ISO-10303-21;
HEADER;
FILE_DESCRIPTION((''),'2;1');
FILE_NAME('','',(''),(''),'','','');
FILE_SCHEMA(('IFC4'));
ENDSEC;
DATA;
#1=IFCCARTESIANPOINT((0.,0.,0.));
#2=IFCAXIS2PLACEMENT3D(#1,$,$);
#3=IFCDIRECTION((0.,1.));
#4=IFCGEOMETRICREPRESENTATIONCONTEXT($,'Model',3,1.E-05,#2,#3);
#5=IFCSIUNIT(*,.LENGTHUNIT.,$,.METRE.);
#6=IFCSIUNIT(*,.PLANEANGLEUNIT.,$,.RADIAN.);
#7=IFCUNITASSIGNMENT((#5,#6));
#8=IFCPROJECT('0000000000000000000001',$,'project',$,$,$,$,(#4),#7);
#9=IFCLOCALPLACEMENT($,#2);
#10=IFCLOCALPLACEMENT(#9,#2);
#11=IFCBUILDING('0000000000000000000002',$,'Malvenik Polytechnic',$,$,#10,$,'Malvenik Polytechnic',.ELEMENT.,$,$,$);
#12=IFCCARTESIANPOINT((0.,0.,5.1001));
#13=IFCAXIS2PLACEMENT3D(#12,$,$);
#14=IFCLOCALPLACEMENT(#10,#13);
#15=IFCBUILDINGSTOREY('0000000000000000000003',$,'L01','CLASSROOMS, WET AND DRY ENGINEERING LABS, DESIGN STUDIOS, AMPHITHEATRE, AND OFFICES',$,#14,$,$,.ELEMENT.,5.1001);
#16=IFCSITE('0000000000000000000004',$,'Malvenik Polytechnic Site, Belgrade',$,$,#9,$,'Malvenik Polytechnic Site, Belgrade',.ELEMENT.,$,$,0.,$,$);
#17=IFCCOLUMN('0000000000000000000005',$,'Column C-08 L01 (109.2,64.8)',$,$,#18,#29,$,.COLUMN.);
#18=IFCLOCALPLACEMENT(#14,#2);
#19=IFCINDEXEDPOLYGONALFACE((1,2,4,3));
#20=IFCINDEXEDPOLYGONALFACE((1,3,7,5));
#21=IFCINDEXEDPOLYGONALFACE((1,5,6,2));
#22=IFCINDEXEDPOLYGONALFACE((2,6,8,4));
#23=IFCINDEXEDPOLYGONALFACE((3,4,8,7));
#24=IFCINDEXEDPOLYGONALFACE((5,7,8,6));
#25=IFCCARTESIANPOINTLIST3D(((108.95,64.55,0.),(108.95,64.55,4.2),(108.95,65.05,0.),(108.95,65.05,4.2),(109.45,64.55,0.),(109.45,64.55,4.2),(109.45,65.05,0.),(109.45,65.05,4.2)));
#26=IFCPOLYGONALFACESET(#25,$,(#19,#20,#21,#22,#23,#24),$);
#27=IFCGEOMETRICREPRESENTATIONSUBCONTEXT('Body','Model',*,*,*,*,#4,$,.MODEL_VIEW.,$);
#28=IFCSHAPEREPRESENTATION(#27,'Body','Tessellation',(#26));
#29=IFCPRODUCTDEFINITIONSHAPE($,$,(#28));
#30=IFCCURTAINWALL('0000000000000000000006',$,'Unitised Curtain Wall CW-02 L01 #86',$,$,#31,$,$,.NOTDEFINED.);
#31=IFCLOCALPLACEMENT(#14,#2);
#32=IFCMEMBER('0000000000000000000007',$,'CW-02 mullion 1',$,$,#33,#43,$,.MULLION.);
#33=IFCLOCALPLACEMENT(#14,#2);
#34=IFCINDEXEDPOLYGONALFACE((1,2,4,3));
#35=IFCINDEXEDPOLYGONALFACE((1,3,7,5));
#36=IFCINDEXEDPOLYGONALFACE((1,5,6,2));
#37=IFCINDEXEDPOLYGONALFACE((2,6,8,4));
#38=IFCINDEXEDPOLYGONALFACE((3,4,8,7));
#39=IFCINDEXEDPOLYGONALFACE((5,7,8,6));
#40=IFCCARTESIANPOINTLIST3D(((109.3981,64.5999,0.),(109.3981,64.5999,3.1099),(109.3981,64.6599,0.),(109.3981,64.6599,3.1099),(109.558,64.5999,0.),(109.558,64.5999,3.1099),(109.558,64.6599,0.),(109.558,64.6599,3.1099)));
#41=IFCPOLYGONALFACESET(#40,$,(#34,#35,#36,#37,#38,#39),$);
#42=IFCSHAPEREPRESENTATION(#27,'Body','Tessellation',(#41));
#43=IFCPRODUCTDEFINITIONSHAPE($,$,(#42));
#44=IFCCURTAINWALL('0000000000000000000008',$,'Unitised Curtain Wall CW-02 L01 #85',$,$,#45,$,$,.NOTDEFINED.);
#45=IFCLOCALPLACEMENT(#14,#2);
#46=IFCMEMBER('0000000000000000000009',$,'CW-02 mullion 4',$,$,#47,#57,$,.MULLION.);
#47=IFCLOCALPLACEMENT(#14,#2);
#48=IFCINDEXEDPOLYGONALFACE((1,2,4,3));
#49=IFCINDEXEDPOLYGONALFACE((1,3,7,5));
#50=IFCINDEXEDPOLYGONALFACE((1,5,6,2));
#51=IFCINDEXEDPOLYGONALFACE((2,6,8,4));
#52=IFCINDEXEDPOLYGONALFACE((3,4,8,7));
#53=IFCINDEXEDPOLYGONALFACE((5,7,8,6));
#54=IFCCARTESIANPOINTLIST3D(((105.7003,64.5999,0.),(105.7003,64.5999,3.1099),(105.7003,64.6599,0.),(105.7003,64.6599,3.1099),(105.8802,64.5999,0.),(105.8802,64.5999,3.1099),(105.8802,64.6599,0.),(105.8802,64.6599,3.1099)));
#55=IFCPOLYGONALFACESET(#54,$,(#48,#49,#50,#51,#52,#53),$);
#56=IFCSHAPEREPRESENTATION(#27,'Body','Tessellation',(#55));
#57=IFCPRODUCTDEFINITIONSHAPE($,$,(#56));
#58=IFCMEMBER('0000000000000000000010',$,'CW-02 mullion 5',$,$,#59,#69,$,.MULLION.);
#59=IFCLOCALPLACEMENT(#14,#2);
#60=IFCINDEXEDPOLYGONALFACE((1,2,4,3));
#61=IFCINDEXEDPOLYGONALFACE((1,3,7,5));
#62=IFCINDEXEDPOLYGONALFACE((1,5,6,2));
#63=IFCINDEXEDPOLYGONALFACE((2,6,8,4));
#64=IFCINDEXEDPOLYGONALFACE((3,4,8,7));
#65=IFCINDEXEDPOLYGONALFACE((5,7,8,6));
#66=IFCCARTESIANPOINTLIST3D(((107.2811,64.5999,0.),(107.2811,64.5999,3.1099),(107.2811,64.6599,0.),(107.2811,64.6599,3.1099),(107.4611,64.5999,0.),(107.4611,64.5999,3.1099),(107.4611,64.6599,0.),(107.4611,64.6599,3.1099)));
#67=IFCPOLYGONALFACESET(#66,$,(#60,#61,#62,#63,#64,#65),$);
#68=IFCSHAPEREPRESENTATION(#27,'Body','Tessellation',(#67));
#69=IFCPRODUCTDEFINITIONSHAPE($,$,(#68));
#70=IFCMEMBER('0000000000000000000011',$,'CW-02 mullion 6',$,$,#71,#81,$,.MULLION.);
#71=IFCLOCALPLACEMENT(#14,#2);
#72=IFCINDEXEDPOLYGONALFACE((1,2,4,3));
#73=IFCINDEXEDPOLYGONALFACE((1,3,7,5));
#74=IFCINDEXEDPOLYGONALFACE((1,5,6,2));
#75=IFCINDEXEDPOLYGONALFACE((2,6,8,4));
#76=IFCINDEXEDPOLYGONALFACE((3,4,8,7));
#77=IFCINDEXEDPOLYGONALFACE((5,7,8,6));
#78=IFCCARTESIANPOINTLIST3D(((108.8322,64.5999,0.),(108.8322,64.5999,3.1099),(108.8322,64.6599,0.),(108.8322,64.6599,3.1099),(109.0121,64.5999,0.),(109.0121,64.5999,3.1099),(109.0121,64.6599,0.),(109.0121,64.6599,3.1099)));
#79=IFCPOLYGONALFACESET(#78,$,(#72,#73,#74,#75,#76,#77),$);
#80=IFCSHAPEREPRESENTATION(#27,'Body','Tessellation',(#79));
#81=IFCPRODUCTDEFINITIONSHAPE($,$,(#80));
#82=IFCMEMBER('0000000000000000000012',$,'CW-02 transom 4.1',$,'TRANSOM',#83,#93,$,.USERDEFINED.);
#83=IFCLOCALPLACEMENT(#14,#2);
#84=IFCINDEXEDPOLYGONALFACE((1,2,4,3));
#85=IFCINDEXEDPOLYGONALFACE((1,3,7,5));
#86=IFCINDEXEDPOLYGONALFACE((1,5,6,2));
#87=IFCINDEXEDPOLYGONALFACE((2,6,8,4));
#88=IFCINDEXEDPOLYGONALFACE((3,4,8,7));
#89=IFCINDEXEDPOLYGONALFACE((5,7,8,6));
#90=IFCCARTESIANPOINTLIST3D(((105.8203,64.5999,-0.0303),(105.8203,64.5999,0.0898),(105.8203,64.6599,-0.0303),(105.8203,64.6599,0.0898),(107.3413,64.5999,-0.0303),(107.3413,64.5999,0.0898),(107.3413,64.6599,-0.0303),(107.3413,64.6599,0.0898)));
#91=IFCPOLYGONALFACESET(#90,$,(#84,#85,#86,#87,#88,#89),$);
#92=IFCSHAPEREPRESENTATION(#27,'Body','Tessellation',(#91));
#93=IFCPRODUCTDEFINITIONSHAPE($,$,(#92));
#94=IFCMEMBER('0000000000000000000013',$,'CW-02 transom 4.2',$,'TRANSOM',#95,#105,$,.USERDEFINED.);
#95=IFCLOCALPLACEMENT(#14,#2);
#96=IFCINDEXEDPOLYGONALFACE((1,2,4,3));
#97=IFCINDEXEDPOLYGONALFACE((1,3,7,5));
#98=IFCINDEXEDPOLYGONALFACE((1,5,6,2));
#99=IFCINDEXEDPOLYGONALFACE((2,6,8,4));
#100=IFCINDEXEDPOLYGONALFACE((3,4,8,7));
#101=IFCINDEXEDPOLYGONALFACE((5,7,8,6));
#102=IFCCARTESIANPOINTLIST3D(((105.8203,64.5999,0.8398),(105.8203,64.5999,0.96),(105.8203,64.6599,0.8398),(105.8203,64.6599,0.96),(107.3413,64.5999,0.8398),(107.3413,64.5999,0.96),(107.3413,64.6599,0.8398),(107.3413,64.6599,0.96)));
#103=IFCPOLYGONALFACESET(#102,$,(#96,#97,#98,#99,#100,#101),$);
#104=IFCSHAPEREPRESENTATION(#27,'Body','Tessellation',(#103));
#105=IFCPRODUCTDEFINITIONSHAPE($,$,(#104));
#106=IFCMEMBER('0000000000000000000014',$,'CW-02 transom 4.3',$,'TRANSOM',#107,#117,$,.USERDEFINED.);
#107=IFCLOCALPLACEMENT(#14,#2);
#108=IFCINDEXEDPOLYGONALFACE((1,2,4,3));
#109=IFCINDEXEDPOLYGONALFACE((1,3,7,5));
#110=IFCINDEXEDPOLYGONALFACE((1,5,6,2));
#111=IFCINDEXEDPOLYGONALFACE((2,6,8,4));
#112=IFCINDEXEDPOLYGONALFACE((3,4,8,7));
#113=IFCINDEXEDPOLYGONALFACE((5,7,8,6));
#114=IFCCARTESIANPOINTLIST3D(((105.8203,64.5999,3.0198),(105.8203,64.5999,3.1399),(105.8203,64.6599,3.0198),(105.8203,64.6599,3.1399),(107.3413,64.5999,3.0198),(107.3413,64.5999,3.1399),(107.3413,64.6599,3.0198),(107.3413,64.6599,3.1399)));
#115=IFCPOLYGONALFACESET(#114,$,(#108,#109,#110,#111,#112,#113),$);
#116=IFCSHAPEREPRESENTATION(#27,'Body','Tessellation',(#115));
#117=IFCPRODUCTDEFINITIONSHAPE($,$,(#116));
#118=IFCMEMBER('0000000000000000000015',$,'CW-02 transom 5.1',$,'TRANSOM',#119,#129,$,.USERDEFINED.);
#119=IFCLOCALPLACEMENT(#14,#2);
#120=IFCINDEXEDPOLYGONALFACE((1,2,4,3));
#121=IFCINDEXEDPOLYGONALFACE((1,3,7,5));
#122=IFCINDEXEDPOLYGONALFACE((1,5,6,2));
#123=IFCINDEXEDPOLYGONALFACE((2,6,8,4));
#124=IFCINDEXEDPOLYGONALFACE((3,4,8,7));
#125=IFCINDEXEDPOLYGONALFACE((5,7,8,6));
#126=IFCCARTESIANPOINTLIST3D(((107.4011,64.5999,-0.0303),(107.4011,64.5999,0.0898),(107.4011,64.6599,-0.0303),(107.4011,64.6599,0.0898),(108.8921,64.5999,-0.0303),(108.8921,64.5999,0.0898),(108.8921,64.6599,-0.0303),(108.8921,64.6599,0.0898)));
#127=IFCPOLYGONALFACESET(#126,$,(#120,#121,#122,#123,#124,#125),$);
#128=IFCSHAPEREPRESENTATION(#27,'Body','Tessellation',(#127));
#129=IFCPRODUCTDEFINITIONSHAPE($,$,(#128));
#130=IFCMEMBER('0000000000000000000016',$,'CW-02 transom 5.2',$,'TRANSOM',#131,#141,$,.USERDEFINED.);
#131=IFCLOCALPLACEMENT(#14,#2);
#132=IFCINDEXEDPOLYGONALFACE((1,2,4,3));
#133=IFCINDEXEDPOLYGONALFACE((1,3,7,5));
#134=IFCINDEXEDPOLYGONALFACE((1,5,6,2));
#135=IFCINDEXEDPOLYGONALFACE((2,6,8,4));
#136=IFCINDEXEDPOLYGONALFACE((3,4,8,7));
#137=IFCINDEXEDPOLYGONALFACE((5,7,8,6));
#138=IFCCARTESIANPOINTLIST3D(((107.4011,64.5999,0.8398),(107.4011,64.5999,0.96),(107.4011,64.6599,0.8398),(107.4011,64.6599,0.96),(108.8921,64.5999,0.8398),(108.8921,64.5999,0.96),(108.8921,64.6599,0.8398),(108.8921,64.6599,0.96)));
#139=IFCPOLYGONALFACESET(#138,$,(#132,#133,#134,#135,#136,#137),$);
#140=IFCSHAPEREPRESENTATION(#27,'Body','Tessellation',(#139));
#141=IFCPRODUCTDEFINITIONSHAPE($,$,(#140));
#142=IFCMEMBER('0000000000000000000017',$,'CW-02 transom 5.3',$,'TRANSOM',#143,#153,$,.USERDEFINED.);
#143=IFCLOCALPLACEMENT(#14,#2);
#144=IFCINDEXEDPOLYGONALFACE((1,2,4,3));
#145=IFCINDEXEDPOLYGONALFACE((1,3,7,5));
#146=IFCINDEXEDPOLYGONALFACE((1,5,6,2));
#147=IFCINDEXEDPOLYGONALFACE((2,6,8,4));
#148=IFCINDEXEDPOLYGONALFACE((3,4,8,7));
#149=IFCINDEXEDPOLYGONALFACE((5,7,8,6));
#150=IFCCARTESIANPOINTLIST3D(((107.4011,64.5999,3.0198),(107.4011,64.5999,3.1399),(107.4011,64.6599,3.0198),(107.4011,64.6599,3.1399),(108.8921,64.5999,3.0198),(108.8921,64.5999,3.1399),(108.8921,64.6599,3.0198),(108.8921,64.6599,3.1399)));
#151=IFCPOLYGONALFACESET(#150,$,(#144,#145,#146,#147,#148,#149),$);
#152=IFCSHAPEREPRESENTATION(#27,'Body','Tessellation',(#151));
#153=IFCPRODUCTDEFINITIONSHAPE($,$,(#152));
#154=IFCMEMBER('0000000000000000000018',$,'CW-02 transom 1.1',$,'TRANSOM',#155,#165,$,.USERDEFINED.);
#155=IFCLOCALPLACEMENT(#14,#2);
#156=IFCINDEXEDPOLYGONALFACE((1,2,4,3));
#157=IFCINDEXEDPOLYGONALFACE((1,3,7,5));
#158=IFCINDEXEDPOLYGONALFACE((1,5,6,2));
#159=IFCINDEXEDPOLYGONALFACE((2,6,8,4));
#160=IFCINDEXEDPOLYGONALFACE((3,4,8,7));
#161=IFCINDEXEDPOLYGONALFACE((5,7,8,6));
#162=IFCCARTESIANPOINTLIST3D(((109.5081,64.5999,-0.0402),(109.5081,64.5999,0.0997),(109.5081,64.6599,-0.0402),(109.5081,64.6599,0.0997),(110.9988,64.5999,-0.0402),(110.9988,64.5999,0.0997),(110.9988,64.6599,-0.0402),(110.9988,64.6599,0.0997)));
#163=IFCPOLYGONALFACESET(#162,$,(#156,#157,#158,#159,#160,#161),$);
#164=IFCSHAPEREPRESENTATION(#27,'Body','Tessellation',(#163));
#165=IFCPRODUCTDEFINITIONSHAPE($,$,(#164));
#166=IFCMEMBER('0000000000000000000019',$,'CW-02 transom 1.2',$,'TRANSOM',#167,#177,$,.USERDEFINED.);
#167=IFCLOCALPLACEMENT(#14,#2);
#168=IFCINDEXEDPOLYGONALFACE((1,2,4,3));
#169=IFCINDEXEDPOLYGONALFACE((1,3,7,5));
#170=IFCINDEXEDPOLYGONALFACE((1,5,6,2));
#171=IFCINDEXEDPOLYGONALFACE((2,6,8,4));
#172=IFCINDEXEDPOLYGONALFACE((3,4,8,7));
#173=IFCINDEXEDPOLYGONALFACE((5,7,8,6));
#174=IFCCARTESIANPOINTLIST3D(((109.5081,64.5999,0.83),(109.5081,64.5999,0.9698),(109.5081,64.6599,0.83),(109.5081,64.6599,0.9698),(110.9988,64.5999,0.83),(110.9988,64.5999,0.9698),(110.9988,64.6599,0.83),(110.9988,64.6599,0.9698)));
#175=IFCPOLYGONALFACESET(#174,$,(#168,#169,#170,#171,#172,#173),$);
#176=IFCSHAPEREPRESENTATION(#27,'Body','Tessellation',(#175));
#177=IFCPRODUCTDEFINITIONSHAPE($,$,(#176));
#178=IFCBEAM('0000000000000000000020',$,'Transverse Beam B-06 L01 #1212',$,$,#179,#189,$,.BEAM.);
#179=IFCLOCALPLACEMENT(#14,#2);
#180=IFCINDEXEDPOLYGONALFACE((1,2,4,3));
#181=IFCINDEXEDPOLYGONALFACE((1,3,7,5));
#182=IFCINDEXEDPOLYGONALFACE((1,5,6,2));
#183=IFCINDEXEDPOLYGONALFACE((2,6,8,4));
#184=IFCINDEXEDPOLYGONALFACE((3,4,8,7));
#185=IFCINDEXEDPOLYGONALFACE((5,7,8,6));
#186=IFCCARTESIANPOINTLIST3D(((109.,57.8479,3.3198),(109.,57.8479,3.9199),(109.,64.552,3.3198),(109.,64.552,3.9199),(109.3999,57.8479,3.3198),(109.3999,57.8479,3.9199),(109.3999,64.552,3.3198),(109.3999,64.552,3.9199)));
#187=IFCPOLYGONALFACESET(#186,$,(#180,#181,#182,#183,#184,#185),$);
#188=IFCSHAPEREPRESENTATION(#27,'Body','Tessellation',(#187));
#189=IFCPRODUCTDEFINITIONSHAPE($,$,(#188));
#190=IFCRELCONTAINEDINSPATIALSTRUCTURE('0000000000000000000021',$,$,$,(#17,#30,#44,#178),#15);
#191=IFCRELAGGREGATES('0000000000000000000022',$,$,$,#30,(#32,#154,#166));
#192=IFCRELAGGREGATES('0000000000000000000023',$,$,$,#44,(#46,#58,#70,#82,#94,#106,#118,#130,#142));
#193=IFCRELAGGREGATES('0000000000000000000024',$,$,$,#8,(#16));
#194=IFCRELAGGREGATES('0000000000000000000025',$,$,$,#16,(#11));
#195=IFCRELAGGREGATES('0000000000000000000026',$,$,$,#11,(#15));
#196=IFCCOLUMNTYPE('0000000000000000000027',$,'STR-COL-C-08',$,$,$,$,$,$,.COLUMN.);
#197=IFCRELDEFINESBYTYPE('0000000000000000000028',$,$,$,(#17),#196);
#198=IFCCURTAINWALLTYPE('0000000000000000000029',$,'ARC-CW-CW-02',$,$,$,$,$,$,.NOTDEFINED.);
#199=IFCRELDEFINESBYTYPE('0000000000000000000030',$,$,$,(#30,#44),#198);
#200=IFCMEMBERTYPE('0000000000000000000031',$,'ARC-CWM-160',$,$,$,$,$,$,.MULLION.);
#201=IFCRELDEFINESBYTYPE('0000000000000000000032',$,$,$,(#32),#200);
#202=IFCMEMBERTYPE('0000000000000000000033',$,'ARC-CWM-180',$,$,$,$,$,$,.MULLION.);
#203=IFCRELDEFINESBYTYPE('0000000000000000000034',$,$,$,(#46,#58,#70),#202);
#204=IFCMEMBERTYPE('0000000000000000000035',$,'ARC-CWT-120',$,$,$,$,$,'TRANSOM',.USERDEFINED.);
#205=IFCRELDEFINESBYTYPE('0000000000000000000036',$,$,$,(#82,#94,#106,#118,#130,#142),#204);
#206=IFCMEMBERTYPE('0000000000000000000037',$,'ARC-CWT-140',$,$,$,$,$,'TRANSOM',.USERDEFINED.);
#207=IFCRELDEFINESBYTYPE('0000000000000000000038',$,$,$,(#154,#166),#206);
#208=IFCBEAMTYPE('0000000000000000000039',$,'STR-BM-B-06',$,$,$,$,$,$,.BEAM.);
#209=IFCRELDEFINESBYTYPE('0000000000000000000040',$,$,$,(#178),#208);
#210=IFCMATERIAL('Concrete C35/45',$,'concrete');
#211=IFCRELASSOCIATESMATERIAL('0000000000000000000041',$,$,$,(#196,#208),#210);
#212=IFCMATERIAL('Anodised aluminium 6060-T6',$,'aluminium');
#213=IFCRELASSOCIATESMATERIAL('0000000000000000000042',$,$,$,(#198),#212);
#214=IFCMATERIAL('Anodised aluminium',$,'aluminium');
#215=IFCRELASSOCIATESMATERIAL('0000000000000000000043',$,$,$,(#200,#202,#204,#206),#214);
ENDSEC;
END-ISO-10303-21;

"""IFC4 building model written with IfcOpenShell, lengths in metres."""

from ifc_helpers import new_model, si_unit, direction, frame, origin, origin_2d, place, context, subcontext, project, spatial, rectangle, extrude, material, material_profile, profile_set, type_object, element, aggregate, save


model = new_model("IFC4")

# Units and contexts
model_context = context("Model", 3, precision=1e-05, world=origin(), true_north=direction((0.0, 1.0)))
body_context = subcontext(model_context, "Body", "Model", "MODEL_VIEW")
ifc_project = project(units=[si_unit("LENGTHUNIT", "METRE"), si_unit("PLANEANGLEUNIT", "RADIAN")], contexts=[model_context])

# Site, building, storey
site_placement = place(None, origin())
site = spatial("IfcSite", under=ifc_project, at=site_placement, Name="Malvenik Polytechnic Site, Belgrade", LongName="Malvenik Polytechnic Site, Belgrade", CompositionType="ELEMENT", RefElevation=0.0)
building_placement = place(site_placement, origin())
building = spatial("IfcBuilding", under=site, at=building_placement, Name="Malvenik Polytechnic", LongName="Malvenik Polytechnic", CompositionType="ELEMENT")
storey_placement = place(building_placement, frame((0.0, 0.0, 5.1001)))
storey = spatial("IfcBuildingStorey", under=building, at=storey_placement, Name="L01", Description="CLASSROOMS, WET AND DRY ENGINEERING LABS, DESIGN STUDIOS, AMPHITHEATRE, AND OFFICES", CompositionType="ELEMENT", Elevation=5.1001)

# Column
ifc_material_1 = material(Name="Concrete C35/45", Category="concrete")
ifc_material_profile_1 = material_profile(ifc_material_1, rectangle(XDim=0.5, YDim=0.5, at=origin_2d()), Name="RC COL 500x500")
ifc_profile_set_1 = profile_set([ifc_material_profile_1], Name="Concrete C35/45")
column_type = type_object("IfcColumnType", Name="STR-COL-C-08", PredefinedType="COLUMN", material=ifc_profile_set_1)
column_placement = place(storey_placement, frame((109.2, 64.8, 0.0), z_axis=(0.0, 0.0, 1.0), x_axis=(1.0, 0.0, 0.0)))
element("IfcColumn", 1, at=column_placement, inside=storey, type_object=column_type, Name="Column C-08 L01 (109.2,64.8)", PredefinedType="COLUMN", context=body_context, shape_type="SweptSolid", body=[
    extrude(rectangle(XDim=0.5, YDim=0.5, at=origin_2d()), origin(), (0.0, 0.0, 1.0), 4.2),
])

# Curtain wall, member
ifc_material_2 = material(Name="Anodised aluminium 6060-T6", Category="aluminium")
curtain_wall_type = type_object("IfcCurtainWallType", Name="ARC-CW-CW-02", PredefinedType="NOTDEFINED", material=ifc_material_2)
curtain_wall_1_placement = place(storey_placement, origin())
curtain_wall_1 = element("IfcCurtainWall", 2, at=curtain_wall_1_placement, inside=storey, type_object=curtain_wall_type, Name="Unitised Curtain Wall CW-02 L01 #86", PredefinedType="NOTDEFINED")
ifc_material_3 = material(Name="Anodised aluminium", Category="aluminium")
ifc_material_profile_2 = material_profile(ifc_material_3, rectangle(XDim=0.0601, YDim=0.1599, at=origin_2d()), Name="ALU MULLION 60x160")
ifc_profile_set_2 = profile_set([ifc_material_profile_2], Name="Anodised aluminium")
member_type_1 = type_object("IfcMemberType", Name="ARC-CWM-160", PredefinedType="MULLION", material=ifc_profile_set_2)
member_1_placement = place(storey_placement, frame((109.478, 64.6299, 0.0), z_axis=(0.0, 0.0, 1.0), x_axis=(0.0, 1.0, 0.0)))
member_1 = element("IfcMember", 3, at=member_1_placement, type_object=member_type_1, Name="CW-02 mullion 1", PredefinedType="MULLION", context=body_context, shape_type="SweptSolid", body=[
    extrude(rectangle(XDim=0.0601, YDim=0.1599, at=origin_2d()), origin(), (0.0, 0.0, 1.0), 3.1099),
])

# Curtain wall, members
curtain_wall_2_placement = place(storey_placement, origin())
curtain_wall_2 = element("IfcCurtainWall", 4, at=curtain_wall_2_placement, inside=storey, type_object=curtain_wall_type, Name="Unitised Curtain Wall CW-02 L01 #85", PredefinedType="NOTDEFINED")
ifc_material_profile_3 = material_profile(ifc_material_3, rectangle(XDim=0.0601, YDim=0.1799, at=origin_2d()), Name="ALU MULLION 60x180")
ifc_profile_set_3 = profile_set([ifc_material_profile_3], Name="Anodised aluminium")
member_type_2 = type_object("IfcMemberType", Name="ARC-CWM-180", PredefinedType="MULLION", material=ifc_profile_set_3)
member_2_placement = place(storey_placement, frame((105.7903, 64.6299, 0.0), z_axis=(0.0, 0.0, 1.0), x_axis=(0.0, 1.0, 0.0)))
member_2 = element("IfcMember", 5, at=member_2_placement, type_object=member_type_2, Name="CW-02 mullion 4", PredefinedType="MULLION", context=body_context, shape_type="SweptSolid", body=[
    extrude(rectangle(XDim=0.0601, YDim=0.1799, at=origin_2d()), origin(), (0.0, 0.0, 1.0), 3.1099),
])
member_3_placement = place(storey_placement, frame((107.3711, 64.6299, 0.0), z_axis=(0.0, 0.0, 1.0), x_axis=(0.0, 1.0, 0.0)))
member_3 = element("IfcMember", 6, at=member_3_placement, type_object=member_type_2, Name="CW-02 mullion 5", PredefinedType="MULLION", context=body_context, shape_type="SweptSolid", body=[
    extrude(rectangle(XDim=0.0601, YDim=0.1799, at=origin_2d()), origin(), (0.0, 0.0, 1.0), 3.1099),
])
member_4_placement = place(storey_placement, frame((108.9221, 64.6299, 0.0), z_axis=(0.0, 0.0, 1.0), x_axis=(0.0, 1.0, 0.0)))
member_4 = element("IfcMember", 7, at=member_4_placement, type_object=member_type_2, Name="CW-02 mullion 6", PredefinedType="MULLION", context=body_context, shape_type="SweptSolid", body=[
    extrude(rectangle(XDim=0.0601, YDim=0.1799, at=origin_2d()), origin(), (0.0, 0.0, 1.0), 3.1099),
])
ifc_material_profile_4 = material_profile(ifc_material_3, rectangle(XDim=0.0601, YDim=0.1201, at=origin_2d()), Name="ALU TRANSOM 60x120")
ifc_profile_set_4 = profile_set([ifc_material_profile_4], Name="Anodised aluminium")
member_type_3 = type_object("IfcMemberType", Name="ARC-CWT-120", ElementType="TRANSOM", PredefinedType="USERDEFINED", material=ifc_profile_set_4)
member_5_placement = place(storey_placement, frame((105.8203, 64.6299, 0.0298), z_axis=(1.0, 0.0, 0.0), x_axis=(0.0, 1.0, 0.0)))
member_5 = element("IfcMember", 8, at=member_5_placement, type_object=member_type_3, Name="CW-02 transom 4.1", ObjectType="TRANSOM", PredefinedType="USERDEFINED", context=body_context, shape_type="SweptSolid", body=[
    extrude(rectangle(XDim=0.0601, YDim=0.1201, at=origin_2d()), origin(), (0.0, 0.0, 1.0), 1.521),
])
member_6_placement = place(storey_placement, frame((105.8203, 64.6299, 0.8999), z_axis=(1.0, 0.0, 0.0), x_axis=(0.0, 1.0, 0.0)))
member_6 = element("IfcMember", 9, at=member_6_placement, type_object=member_type_3, Name="CW-02 transom 4.2", ObjectType="TRANSOM", PredefinedType="USERDEFINED", context=body_context, shape_type="SweptSolid", body=[
    extrude(rectangle(XDim=0.0601, YDim=0.1201, at=origin_2d()), origin(), (0.0, 0.0, 1.0), 1.521),
])
member_7_placement = place(storey_placement, frame((105.8203, 64.6299, 3.0798), z_axis=(1.0, 0.0, 0.0), x_axis=(0.0, 1.0, 0.0)))
member_7 = element("IfcMember", 10, at=member_7_placement, type_object=member_type_3, Name="CW-02 transom 4.3", ObjectType="TRANSOM", PredefinedType="USERDEFINED", context=body_context, shape_type="SweptSolid", body=[
    extrude(rectangle(XDim=0.0601, YDim=0.1201, at=origin_2d()), origin(), (0.0, 0.0, 1.0), 1.521),
])
member_8_placement = place(storey_placement, frame((107.4011, 64.6299, 0.0298), z_axis=(1.0, 0.0, 0.0), x_axis=(0.0, 1.0, 0.0)))
member_8 = element("IfcMember", 11, at=member_8_placement, type_object=member_type_3, Name="CW-02 transom 5.1", ObjectType="TRANSOM", PredefinedType="USERDEFINED", context=body_context, shape_type="SweptSolid", body=[
    extrude(rectangle(XDim=0.0601, YDim=0.1201, at=origin_2d()), origin(), (0.0, 0.0, 1.0), 1.491),
])
member_9_placement = place(storey_placement, frame((107.4011, 64.6299, 0.8999), z_axis=(1.0, 0.0, 0.0), x_axis=(0.0, 1.0, 0.0)))
member_9 = element("IfcMember", 12, at=member_9_placement, type_object=member_type_3, Name="CW-02 transom 5.2", ObjectType="TRANSOM", PredefinedType="USERDEFINED", context=body_context, shape_type="SweptSolid", body=[
    extrude(rectangle(XDim=0.0601, YDim=0.1201, at=origin_2d()), origin(), (0.0, 0.0, 1.0), 1.491),
])
member_10_placement = place(storey_placement, frame((107.4011, 64.6299, 3.0798), z_axis=(1.0, 0.0, 0.0), x_axis=(0.0, 1.0, 0.0)))
member_10 = element("IfcMember", 13, at=member_10_placement, type_object=member_type_3, Name="CW-02 transom 5.3", ObjectType="TRANSOM", PredefinedType="USERDEFINED", context=body_context, shape_type="SweptSolid", body=[
    extrude(rectangle(XDim=0.0601, YDim=0.1201, at=origin_2d()), origin(), (0.0, 0.0, 1.0), 1.491),
])

# Members
ifc_material_profile_5 = material_profile(ifc_material_3, rectangle(XDim=0.0601, YDim=0.1399, at=origin_2d()), Name="ALU TRANSOM 60x140")
ifc_profile_set_5 = profile_set([ifc_material_profile_5], Name="Anodised aluminium")
member_type_4 = type_object("IfcMemberType", Name="ARC-CWT-140", ElementType="TRANSOM", PredefinedType="USERDEFINED", material=ifc_profile_set_5)
member_11_placement = place(storey_placement, frame((109.5081, 64.6299, 0.0298), z_axis=(1.0, 0.0, 0.0), x_axis=(0.0, 1.0, 0.0)))
member_11 = element("IfcMember", 14, at=member_11_placement, type_object=member_type_4, Name="CW-02 transom 1.1", ObjectType="TRANSOM", PredefinedType="USERDEFINED", context=body_context, shape_type="SweptSolid", body=[
    extrude(rectangle(XDim=0.0601, YDim=0.1399, at=origin_2d()), origin(), (0.0, 0.0, 1.0), 1.4907),
])
member_12_placement = place(storey_placement, frame((109.5081, 64.6299, 0.8999), z_axis=(1.0, 0.0, 0.0), x_axis=(0.0, 1.0, 0.0)))
member_12 = element("IfcMember", 15, at=member_12_placement, type_object=member_type_4, Name="CW-02 transom 1.2", ObjectType="TRANSOM", PredefinedType="USERDEFINED", context=body_context, shape_type="SweptSolid", body=[
    extrude(rectangle(XDim=0.0601, YDim=0.1399, at=origin_2d()), origin(), (0.0, 0.0, 1.0), 1.4907),
])
aggregate(curtain_wall_1, [member_1, member_11, member_12])

# Beam
ifc_material_profile_6 = material_profile(ifc_material_1, rectangle(XDim=0.3999, YDim=0.6001, at=origin_2d()), Name="RC BM 400x600")
ifc_profile_set_6 = profile_set([ifc_material_profile_6], Name="Concrete C35/45")
beam_type_1 = type_object("IfcBeamType", Name="STR-BM-B-06", PredefinedType="BEAM", material=ifc_profile_set_6)
beam_1_placement = place(storey_placement, frame((109.2, 57.8479, 3.6199), z_axis=(0.0, 1.0, 0.0), x_axis=(-1.0, 0.0, 0.0)))
element("IfcBeam", 16, at=beam_1_placement, inside=storey, type_object=beam_type_1, Name="Transverse Beam B-06 L01 #1212", PredefinedType="BEAM", context=body_context, shape_type="SweptSolid", body=[
    extrude(rectangle(XDim=0.3999, YDim=0.6001, at=origin_2d()), origin(), (0.0, 0.0, 1.0), 6.7041),
])

aggregate(curtain_wall_2, [member_2, member_3, member_4, member_5, member_6, member_7, member_8, member_9, member_10])

save(model, "model.ifc")
